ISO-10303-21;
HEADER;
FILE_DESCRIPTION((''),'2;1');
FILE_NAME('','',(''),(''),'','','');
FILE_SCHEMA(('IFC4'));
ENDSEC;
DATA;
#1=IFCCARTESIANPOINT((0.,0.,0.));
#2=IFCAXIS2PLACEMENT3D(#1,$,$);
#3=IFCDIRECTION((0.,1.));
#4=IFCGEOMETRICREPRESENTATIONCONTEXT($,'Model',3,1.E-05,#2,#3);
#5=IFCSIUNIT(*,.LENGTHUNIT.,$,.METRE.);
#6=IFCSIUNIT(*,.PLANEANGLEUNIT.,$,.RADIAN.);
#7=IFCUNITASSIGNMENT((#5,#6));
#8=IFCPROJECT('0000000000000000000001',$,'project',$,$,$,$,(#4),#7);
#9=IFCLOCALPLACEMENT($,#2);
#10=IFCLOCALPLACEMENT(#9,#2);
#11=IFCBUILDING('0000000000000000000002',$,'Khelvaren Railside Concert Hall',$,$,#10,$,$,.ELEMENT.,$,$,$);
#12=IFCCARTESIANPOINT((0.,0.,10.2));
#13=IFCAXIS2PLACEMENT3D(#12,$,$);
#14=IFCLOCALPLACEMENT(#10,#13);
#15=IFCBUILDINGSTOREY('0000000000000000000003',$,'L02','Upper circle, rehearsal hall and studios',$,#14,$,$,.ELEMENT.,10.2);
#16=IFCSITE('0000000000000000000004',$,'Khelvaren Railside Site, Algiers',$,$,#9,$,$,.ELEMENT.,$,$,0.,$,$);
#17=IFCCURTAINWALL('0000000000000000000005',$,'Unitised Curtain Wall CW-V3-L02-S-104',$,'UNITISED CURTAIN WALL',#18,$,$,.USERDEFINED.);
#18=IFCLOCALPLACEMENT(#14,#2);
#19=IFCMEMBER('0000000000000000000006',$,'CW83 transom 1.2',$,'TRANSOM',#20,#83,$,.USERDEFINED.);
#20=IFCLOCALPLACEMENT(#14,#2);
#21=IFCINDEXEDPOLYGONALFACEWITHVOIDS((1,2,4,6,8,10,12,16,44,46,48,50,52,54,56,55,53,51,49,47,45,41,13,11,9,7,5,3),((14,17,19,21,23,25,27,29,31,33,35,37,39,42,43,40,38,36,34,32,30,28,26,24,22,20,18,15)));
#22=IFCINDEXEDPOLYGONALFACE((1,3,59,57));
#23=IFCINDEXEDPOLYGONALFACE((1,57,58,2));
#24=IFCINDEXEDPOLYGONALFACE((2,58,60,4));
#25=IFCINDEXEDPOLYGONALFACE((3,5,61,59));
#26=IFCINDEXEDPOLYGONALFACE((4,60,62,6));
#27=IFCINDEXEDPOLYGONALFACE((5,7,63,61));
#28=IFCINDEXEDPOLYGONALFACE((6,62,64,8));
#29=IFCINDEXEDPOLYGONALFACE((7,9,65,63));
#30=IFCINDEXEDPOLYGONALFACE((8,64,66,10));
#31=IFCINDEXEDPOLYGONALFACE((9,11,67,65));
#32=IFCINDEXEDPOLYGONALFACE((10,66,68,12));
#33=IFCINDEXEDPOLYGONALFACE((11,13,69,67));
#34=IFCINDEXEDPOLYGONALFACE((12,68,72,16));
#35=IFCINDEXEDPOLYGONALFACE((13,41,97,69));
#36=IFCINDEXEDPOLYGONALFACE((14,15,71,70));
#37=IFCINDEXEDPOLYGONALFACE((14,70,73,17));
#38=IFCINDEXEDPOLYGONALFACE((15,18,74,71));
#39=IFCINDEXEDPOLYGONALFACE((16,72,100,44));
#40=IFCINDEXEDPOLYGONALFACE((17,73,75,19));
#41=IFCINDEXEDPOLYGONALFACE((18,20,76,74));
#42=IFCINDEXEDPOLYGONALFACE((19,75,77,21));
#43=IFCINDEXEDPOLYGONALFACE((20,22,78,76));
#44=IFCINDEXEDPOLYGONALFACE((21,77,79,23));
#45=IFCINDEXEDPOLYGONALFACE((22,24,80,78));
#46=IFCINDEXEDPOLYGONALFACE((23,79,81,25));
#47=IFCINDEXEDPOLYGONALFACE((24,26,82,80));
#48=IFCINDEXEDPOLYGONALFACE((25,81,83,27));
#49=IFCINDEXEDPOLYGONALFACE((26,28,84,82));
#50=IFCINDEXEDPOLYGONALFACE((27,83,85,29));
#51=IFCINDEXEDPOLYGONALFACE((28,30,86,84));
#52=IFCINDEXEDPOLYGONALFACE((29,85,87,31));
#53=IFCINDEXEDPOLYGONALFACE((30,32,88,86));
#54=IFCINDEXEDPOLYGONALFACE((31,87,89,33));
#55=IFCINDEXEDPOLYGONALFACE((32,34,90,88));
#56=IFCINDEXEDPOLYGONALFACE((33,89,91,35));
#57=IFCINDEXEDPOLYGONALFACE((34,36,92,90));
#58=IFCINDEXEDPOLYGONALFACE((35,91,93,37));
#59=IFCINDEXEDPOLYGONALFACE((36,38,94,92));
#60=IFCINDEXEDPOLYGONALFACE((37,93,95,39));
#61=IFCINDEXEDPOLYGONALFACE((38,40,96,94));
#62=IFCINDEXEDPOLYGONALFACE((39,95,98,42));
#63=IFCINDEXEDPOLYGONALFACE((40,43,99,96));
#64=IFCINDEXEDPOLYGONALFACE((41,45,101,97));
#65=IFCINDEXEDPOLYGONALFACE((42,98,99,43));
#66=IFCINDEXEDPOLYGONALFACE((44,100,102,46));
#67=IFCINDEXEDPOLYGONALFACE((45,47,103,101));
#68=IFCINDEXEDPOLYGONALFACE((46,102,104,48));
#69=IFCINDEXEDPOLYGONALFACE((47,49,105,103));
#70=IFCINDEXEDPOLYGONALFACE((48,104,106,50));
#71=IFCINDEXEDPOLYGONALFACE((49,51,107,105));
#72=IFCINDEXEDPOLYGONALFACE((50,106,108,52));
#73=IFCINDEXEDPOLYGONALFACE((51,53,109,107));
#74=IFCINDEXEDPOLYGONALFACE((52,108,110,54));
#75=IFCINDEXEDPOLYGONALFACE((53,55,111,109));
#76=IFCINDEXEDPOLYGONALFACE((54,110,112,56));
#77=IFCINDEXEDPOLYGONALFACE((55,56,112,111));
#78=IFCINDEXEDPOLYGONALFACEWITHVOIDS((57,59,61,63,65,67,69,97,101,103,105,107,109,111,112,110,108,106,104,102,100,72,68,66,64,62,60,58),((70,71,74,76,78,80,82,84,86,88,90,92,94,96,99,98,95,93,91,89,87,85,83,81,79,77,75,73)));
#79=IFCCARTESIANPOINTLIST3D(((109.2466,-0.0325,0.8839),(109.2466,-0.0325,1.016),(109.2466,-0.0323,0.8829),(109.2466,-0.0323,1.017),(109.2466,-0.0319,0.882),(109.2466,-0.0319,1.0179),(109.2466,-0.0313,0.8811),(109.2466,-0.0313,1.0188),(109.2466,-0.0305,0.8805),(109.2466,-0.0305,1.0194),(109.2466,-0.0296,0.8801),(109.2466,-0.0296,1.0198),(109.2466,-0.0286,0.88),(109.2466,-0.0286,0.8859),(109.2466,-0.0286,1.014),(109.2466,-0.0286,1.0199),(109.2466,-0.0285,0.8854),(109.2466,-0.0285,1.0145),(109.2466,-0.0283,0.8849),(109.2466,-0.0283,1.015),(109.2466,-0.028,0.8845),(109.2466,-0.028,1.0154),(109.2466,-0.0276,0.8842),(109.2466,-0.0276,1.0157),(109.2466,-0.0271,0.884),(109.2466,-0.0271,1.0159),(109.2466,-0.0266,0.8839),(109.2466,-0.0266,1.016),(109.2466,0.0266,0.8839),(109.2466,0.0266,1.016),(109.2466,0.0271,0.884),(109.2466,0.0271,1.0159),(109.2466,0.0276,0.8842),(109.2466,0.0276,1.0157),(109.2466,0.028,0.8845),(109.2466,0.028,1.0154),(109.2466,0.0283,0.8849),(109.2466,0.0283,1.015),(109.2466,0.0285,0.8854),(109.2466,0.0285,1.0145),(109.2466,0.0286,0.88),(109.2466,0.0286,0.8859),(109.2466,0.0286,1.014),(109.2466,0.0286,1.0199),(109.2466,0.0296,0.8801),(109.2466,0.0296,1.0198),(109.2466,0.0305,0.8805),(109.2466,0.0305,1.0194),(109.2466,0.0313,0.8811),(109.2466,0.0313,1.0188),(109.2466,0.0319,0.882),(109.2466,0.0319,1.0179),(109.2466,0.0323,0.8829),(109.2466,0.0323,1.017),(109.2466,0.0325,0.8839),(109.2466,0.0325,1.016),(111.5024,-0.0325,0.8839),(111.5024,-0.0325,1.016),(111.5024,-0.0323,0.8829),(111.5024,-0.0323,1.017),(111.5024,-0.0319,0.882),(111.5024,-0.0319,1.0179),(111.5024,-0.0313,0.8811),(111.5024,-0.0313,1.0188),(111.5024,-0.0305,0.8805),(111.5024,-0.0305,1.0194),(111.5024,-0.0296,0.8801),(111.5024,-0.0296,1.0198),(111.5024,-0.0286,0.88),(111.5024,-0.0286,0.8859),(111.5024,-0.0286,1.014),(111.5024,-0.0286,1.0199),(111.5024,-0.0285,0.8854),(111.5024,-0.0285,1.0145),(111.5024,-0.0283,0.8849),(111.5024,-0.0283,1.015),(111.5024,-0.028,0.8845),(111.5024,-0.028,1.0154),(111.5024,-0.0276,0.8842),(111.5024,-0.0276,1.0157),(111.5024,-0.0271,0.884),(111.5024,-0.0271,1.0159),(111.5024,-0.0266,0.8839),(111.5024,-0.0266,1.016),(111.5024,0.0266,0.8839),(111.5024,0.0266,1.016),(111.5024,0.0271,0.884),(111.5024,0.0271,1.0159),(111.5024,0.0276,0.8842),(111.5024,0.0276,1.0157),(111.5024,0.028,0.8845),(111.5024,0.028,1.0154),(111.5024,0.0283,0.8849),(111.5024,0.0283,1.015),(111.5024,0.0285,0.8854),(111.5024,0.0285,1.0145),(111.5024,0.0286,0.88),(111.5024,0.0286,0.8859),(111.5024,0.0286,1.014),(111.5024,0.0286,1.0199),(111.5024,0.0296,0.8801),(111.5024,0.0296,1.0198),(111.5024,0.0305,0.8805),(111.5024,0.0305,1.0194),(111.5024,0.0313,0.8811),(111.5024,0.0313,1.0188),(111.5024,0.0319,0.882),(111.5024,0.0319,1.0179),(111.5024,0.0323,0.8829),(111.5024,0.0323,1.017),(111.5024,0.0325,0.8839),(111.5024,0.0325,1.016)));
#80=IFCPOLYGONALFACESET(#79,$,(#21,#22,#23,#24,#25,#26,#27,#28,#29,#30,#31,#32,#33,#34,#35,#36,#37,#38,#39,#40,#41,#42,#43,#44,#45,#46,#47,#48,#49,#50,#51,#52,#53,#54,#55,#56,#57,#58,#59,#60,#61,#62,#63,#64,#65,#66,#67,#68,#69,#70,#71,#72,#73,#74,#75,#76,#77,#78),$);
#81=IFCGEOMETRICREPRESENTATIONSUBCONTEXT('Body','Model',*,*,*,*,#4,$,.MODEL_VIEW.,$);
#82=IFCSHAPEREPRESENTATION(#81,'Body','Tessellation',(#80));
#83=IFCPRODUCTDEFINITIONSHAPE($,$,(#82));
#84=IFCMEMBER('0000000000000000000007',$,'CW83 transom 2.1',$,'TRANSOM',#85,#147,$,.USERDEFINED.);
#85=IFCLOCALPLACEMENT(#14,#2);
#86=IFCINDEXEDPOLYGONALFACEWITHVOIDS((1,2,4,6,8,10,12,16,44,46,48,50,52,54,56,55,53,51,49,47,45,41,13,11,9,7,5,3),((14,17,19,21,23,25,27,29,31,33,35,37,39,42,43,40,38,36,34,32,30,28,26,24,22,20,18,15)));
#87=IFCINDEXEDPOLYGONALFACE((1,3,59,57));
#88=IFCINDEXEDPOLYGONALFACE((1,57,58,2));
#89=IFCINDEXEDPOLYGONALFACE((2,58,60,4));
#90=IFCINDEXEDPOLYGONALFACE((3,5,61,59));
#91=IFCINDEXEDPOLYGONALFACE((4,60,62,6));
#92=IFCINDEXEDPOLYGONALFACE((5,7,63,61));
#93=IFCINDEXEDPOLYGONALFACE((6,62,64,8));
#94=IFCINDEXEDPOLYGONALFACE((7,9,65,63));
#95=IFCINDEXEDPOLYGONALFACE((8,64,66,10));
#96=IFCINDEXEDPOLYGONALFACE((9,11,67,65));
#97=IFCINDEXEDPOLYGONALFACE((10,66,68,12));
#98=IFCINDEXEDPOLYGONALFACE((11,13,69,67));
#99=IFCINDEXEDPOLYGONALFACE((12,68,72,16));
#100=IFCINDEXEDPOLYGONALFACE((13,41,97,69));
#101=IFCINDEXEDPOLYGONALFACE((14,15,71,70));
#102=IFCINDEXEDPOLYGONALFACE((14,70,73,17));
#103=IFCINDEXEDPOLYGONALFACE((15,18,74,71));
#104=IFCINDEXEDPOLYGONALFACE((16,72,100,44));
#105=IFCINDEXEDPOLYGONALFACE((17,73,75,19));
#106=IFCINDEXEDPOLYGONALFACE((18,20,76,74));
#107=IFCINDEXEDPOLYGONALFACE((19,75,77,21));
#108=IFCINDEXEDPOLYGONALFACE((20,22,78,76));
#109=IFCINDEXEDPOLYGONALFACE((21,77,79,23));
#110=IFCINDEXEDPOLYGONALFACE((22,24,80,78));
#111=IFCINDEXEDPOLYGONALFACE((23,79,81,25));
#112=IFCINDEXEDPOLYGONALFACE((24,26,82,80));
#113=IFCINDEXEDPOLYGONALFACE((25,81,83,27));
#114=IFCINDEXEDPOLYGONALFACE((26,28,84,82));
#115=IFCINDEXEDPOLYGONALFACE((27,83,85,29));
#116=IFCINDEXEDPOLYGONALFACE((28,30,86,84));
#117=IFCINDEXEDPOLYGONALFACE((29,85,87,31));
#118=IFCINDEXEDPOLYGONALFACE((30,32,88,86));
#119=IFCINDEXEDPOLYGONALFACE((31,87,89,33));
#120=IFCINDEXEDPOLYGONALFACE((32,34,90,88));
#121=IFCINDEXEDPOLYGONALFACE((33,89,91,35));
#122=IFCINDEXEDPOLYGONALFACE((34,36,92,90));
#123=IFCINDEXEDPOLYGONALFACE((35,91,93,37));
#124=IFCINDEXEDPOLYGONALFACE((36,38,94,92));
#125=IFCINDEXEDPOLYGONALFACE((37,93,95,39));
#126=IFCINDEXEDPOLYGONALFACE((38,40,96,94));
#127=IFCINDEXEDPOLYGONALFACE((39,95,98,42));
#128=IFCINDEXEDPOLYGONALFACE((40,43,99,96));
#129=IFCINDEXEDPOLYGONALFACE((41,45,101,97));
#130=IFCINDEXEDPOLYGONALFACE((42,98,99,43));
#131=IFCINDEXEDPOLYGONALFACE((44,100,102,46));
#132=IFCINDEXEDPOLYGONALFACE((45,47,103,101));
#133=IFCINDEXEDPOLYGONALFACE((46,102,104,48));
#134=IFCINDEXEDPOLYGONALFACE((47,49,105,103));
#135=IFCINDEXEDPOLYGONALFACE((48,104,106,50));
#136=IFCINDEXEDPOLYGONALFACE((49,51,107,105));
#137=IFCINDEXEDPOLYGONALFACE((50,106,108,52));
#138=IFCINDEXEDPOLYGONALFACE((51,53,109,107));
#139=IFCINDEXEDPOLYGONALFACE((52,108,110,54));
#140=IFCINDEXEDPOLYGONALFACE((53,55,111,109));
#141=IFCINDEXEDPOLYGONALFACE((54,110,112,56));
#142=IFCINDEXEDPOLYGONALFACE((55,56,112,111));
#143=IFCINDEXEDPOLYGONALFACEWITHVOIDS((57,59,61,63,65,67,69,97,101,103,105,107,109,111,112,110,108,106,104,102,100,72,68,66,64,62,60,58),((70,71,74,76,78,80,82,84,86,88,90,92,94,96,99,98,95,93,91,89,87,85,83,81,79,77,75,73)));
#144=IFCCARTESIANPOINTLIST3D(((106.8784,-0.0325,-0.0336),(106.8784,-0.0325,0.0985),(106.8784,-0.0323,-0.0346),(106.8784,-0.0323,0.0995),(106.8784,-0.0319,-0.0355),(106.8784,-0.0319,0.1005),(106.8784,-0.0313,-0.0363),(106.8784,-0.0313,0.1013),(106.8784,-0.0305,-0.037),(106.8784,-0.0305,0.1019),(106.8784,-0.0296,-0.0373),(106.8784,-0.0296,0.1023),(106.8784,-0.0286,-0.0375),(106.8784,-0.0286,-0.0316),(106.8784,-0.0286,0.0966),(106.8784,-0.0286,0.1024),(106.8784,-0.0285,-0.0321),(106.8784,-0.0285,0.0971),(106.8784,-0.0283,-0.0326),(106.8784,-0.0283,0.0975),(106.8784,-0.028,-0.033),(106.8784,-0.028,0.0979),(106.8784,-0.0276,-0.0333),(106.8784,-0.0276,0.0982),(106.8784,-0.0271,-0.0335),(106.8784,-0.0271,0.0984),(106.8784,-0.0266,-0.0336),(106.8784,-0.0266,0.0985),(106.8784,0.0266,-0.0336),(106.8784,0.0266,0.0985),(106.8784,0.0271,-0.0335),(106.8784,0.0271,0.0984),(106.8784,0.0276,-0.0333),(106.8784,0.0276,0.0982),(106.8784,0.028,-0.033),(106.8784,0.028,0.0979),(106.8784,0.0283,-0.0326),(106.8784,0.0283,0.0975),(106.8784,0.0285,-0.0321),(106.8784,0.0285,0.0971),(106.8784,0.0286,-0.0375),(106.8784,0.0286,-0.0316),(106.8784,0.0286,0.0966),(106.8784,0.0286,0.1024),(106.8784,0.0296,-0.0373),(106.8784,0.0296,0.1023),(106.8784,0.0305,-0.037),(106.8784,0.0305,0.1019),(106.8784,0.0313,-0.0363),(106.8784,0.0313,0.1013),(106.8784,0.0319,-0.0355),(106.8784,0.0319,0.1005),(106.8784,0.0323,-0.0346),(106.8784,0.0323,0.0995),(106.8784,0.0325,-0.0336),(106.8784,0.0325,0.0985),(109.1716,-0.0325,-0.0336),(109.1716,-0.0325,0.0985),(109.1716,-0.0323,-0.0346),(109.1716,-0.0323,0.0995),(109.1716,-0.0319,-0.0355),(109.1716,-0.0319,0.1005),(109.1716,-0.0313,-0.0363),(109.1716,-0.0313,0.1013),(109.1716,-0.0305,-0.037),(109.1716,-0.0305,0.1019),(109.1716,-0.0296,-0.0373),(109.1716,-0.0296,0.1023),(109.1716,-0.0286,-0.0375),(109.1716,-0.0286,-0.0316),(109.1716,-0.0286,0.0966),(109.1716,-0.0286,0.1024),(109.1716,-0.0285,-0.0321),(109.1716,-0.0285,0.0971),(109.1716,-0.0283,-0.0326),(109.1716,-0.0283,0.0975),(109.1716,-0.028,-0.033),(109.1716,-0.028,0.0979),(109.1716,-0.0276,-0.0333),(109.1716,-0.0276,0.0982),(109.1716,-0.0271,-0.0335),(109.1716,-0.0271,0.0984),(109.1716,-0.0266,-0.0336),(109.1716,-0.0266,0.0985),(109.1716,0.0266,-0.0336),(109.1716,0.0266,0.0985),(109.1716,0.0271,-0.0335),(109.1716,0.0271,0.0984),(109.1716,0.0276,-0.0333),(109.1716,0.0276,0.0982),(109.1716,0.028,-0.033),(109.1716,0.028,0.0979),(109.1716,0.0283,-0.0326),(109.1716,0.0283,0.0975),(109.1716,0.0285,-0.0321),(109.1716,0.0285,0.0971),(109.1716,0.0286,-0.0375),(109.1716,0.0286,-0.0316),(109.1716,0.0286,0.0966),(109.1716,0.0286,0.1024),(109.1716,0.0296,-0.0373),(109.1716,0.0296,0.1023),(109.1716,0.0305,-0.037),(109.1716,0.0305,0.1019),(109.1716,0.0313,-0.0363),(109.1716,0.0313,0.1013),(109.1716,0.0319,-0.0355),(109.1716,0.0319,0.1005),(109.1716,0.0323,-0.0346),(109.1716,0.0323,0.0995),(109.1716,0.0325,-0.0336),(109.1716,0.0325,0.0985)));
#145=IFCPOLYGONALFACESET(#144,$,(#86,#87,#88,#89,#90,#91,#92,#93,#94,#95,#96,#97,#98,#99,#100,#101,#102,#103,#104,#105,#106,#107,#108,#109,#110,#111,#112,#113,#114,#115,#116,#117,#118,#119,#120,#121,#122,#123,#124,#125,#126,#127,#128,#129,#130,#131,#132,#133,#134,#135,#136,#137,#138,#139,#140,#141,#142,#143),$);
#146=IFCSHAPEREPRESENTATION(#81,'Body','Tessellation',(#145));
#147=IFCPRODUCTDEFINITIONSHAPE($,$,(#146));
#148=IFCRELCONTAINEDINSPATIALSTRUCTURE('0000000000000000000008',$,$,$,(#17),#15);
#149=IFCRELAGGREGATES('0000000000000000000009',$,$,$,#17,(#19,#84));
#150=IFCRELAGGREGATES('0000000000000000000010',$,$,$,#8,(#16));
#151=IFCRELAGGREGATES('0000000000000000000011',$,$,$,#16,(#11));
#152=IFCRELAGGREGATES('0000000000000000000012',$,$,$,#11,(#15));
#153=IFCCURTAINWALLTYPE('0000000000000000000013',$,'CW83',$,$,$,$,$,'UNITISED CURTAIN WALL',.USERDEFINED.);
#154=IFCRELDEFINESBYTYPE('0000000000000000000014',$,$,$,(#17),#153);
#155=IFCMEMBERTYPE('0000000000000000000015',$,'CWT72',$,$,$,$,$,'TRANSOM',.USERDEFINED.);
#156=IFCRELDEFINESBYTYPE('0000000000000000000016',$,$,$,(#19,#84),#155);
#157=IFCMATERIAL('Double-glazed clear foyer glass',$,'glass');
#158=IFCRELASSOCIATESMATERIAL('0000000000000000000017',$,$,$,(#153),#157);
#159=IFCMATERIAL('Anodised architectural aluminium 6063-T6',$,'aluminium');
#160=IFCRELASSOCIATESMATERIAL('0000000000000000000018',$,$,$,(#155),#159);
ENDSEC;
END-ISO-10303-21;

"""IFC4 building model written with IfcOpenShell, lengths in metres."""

from ifc_helpers import new_model, si_unit, direction, frame, origin, origin_2d, place, context, subcontext, project, spatial, hollow_rectangle, extrude, material, material_profile, profile_set, type_object, element, aggregate, save


model = new_model("IFC4")

# Units and contexts
model_context = context("Model", 3, precision=1e-05, world=origin(), true_north=direction((0.0, 1.0)))
body_context = subcontext(model_context, "Body", "Model", "MODEL_VIEW")
ifc_project = project(units=[si_unit("LENGTHUNIT", "METRE"), si_unit("PLANEANGLEUNIT", "RADIAN")], contexts=[model_context])

# Site, building, storey
site_placement = place(None, origin())
site = spatial("IfcSite", under=ifc_project, at=site_placement, Name="Khelvaren Railside Site, Algiers", CompositionType="ELEMENT", RefElevation=0.0)
building_placement = place(site_placement, origin())
building = spatial("IfcBuilding", under=site, at=building_placement, Name="Khelvaren Railside Concert Hall", CompositionType="ELEMENT")
storey_placement = place(building_placement, frame((0.0, 0.0, 10.2)))
storey = spatial("IfcBuildingStorey", under=building, at=storey_placement, Name="L02", Description="Upper circle, rehearsal hall and studios", CompositionType="ELEMENT", Elevation=10.2)

# Curtain wall, members
ifc_material_1 = material(Name="Double-glazed clear foyer glass", Category="glass")
curtain_wall_type = type_object("IfcCurtainWallType", Name="CW83", ElementType="UNITISED CURTAIN WALL", PredefinedType="USERDEFINED", material=ifc_material_1)
curtain_wall_placement = place(storey_placement, origin())
curtain_wall = element("IfcCurtainWall", 1, at=curtain_wall_placement, inside=storey, type_object=curtain_wall_type, Name="Unitised Curtain Wall CW-V3-L02-S-104", ObjectType="UNITISED CURTAIN WALL", PredefinedType="USERDEFINED")
ifc_material_2 = material(Name="Anodised architectural aluminium 6063-T6", Category="aluminium")
ifc_material_profile_1 = material_profile(ifc_material_2, hollow_rectangle(XDim=0.0649, YDim=0.1399, WallThickness=0.0039, InnerFilletRadius=0.002, OuterFilletRadius=0.0039, at=origin_2d()), Name="CWT 65x140x4")
ifc_profile_set_1 = profile_set([ifc_material_profile_1], Name="Anodised architectural aluminium 6063-T6")
member_type_1 = type_object("IfcMemberType", Name="CWT72", ElementType="TRANSOM", PredefinedType="USERDEFINED", material=ifc_profile_set_1)
member_1_placement = place(storey_placement, frame((111.5024, 0.0, 0.95), z_axis=(-1.0, 0.0, 0.0), x_axis=(0.0, -1.0, 0.0)))
member_1 = element("IfcMember", 2, at=member_1_placement, type_object=member_type_1, Name="CW83 transom 1.2", ObjectType="TRANSOM", PredefinedType="USERDEFINED", context=body_context, shape_type="SweptSolid", body=[
    extrude(hollow_rectangle(XDim=0.0649, YDim=0.1399, WallThickness=0.0039, InnerFilletRadius=0.002, OuterFilletRadius=0.0039, at=origin_2d()), origin(), (0.0, 0.0, 1.0), 2.2559),
])
member_2_placement = place(storey_placement, frame((109.1716, 0.0, 0.0325), z_axis=(-1.0, 0.0, 0.0), x_axis=(0.0, -1.0, 0.0)))
member_2 = element("IfcMember", 3, at=member_2_placement, type_object=member_type_1, Name="CW83 transom 2.1", ObjectType="TRANSOM", PredefinedType="USERDEFINED", context=body_context, shape_type="SweptSolid", body=[
    extrude(hollow_rectangle(XDim=0.0649, YDim=0.1399, WallThickness=0.0039, InnerFilletRadius=0.002, OuterFilletRadius=0.0039, at=origin_2d()), origin(), (0.0, 0.0, 1.0), 2.2932),
])

aggregate(curtain_wall, [member_1, member_2])

save(model, "model.ifc")
